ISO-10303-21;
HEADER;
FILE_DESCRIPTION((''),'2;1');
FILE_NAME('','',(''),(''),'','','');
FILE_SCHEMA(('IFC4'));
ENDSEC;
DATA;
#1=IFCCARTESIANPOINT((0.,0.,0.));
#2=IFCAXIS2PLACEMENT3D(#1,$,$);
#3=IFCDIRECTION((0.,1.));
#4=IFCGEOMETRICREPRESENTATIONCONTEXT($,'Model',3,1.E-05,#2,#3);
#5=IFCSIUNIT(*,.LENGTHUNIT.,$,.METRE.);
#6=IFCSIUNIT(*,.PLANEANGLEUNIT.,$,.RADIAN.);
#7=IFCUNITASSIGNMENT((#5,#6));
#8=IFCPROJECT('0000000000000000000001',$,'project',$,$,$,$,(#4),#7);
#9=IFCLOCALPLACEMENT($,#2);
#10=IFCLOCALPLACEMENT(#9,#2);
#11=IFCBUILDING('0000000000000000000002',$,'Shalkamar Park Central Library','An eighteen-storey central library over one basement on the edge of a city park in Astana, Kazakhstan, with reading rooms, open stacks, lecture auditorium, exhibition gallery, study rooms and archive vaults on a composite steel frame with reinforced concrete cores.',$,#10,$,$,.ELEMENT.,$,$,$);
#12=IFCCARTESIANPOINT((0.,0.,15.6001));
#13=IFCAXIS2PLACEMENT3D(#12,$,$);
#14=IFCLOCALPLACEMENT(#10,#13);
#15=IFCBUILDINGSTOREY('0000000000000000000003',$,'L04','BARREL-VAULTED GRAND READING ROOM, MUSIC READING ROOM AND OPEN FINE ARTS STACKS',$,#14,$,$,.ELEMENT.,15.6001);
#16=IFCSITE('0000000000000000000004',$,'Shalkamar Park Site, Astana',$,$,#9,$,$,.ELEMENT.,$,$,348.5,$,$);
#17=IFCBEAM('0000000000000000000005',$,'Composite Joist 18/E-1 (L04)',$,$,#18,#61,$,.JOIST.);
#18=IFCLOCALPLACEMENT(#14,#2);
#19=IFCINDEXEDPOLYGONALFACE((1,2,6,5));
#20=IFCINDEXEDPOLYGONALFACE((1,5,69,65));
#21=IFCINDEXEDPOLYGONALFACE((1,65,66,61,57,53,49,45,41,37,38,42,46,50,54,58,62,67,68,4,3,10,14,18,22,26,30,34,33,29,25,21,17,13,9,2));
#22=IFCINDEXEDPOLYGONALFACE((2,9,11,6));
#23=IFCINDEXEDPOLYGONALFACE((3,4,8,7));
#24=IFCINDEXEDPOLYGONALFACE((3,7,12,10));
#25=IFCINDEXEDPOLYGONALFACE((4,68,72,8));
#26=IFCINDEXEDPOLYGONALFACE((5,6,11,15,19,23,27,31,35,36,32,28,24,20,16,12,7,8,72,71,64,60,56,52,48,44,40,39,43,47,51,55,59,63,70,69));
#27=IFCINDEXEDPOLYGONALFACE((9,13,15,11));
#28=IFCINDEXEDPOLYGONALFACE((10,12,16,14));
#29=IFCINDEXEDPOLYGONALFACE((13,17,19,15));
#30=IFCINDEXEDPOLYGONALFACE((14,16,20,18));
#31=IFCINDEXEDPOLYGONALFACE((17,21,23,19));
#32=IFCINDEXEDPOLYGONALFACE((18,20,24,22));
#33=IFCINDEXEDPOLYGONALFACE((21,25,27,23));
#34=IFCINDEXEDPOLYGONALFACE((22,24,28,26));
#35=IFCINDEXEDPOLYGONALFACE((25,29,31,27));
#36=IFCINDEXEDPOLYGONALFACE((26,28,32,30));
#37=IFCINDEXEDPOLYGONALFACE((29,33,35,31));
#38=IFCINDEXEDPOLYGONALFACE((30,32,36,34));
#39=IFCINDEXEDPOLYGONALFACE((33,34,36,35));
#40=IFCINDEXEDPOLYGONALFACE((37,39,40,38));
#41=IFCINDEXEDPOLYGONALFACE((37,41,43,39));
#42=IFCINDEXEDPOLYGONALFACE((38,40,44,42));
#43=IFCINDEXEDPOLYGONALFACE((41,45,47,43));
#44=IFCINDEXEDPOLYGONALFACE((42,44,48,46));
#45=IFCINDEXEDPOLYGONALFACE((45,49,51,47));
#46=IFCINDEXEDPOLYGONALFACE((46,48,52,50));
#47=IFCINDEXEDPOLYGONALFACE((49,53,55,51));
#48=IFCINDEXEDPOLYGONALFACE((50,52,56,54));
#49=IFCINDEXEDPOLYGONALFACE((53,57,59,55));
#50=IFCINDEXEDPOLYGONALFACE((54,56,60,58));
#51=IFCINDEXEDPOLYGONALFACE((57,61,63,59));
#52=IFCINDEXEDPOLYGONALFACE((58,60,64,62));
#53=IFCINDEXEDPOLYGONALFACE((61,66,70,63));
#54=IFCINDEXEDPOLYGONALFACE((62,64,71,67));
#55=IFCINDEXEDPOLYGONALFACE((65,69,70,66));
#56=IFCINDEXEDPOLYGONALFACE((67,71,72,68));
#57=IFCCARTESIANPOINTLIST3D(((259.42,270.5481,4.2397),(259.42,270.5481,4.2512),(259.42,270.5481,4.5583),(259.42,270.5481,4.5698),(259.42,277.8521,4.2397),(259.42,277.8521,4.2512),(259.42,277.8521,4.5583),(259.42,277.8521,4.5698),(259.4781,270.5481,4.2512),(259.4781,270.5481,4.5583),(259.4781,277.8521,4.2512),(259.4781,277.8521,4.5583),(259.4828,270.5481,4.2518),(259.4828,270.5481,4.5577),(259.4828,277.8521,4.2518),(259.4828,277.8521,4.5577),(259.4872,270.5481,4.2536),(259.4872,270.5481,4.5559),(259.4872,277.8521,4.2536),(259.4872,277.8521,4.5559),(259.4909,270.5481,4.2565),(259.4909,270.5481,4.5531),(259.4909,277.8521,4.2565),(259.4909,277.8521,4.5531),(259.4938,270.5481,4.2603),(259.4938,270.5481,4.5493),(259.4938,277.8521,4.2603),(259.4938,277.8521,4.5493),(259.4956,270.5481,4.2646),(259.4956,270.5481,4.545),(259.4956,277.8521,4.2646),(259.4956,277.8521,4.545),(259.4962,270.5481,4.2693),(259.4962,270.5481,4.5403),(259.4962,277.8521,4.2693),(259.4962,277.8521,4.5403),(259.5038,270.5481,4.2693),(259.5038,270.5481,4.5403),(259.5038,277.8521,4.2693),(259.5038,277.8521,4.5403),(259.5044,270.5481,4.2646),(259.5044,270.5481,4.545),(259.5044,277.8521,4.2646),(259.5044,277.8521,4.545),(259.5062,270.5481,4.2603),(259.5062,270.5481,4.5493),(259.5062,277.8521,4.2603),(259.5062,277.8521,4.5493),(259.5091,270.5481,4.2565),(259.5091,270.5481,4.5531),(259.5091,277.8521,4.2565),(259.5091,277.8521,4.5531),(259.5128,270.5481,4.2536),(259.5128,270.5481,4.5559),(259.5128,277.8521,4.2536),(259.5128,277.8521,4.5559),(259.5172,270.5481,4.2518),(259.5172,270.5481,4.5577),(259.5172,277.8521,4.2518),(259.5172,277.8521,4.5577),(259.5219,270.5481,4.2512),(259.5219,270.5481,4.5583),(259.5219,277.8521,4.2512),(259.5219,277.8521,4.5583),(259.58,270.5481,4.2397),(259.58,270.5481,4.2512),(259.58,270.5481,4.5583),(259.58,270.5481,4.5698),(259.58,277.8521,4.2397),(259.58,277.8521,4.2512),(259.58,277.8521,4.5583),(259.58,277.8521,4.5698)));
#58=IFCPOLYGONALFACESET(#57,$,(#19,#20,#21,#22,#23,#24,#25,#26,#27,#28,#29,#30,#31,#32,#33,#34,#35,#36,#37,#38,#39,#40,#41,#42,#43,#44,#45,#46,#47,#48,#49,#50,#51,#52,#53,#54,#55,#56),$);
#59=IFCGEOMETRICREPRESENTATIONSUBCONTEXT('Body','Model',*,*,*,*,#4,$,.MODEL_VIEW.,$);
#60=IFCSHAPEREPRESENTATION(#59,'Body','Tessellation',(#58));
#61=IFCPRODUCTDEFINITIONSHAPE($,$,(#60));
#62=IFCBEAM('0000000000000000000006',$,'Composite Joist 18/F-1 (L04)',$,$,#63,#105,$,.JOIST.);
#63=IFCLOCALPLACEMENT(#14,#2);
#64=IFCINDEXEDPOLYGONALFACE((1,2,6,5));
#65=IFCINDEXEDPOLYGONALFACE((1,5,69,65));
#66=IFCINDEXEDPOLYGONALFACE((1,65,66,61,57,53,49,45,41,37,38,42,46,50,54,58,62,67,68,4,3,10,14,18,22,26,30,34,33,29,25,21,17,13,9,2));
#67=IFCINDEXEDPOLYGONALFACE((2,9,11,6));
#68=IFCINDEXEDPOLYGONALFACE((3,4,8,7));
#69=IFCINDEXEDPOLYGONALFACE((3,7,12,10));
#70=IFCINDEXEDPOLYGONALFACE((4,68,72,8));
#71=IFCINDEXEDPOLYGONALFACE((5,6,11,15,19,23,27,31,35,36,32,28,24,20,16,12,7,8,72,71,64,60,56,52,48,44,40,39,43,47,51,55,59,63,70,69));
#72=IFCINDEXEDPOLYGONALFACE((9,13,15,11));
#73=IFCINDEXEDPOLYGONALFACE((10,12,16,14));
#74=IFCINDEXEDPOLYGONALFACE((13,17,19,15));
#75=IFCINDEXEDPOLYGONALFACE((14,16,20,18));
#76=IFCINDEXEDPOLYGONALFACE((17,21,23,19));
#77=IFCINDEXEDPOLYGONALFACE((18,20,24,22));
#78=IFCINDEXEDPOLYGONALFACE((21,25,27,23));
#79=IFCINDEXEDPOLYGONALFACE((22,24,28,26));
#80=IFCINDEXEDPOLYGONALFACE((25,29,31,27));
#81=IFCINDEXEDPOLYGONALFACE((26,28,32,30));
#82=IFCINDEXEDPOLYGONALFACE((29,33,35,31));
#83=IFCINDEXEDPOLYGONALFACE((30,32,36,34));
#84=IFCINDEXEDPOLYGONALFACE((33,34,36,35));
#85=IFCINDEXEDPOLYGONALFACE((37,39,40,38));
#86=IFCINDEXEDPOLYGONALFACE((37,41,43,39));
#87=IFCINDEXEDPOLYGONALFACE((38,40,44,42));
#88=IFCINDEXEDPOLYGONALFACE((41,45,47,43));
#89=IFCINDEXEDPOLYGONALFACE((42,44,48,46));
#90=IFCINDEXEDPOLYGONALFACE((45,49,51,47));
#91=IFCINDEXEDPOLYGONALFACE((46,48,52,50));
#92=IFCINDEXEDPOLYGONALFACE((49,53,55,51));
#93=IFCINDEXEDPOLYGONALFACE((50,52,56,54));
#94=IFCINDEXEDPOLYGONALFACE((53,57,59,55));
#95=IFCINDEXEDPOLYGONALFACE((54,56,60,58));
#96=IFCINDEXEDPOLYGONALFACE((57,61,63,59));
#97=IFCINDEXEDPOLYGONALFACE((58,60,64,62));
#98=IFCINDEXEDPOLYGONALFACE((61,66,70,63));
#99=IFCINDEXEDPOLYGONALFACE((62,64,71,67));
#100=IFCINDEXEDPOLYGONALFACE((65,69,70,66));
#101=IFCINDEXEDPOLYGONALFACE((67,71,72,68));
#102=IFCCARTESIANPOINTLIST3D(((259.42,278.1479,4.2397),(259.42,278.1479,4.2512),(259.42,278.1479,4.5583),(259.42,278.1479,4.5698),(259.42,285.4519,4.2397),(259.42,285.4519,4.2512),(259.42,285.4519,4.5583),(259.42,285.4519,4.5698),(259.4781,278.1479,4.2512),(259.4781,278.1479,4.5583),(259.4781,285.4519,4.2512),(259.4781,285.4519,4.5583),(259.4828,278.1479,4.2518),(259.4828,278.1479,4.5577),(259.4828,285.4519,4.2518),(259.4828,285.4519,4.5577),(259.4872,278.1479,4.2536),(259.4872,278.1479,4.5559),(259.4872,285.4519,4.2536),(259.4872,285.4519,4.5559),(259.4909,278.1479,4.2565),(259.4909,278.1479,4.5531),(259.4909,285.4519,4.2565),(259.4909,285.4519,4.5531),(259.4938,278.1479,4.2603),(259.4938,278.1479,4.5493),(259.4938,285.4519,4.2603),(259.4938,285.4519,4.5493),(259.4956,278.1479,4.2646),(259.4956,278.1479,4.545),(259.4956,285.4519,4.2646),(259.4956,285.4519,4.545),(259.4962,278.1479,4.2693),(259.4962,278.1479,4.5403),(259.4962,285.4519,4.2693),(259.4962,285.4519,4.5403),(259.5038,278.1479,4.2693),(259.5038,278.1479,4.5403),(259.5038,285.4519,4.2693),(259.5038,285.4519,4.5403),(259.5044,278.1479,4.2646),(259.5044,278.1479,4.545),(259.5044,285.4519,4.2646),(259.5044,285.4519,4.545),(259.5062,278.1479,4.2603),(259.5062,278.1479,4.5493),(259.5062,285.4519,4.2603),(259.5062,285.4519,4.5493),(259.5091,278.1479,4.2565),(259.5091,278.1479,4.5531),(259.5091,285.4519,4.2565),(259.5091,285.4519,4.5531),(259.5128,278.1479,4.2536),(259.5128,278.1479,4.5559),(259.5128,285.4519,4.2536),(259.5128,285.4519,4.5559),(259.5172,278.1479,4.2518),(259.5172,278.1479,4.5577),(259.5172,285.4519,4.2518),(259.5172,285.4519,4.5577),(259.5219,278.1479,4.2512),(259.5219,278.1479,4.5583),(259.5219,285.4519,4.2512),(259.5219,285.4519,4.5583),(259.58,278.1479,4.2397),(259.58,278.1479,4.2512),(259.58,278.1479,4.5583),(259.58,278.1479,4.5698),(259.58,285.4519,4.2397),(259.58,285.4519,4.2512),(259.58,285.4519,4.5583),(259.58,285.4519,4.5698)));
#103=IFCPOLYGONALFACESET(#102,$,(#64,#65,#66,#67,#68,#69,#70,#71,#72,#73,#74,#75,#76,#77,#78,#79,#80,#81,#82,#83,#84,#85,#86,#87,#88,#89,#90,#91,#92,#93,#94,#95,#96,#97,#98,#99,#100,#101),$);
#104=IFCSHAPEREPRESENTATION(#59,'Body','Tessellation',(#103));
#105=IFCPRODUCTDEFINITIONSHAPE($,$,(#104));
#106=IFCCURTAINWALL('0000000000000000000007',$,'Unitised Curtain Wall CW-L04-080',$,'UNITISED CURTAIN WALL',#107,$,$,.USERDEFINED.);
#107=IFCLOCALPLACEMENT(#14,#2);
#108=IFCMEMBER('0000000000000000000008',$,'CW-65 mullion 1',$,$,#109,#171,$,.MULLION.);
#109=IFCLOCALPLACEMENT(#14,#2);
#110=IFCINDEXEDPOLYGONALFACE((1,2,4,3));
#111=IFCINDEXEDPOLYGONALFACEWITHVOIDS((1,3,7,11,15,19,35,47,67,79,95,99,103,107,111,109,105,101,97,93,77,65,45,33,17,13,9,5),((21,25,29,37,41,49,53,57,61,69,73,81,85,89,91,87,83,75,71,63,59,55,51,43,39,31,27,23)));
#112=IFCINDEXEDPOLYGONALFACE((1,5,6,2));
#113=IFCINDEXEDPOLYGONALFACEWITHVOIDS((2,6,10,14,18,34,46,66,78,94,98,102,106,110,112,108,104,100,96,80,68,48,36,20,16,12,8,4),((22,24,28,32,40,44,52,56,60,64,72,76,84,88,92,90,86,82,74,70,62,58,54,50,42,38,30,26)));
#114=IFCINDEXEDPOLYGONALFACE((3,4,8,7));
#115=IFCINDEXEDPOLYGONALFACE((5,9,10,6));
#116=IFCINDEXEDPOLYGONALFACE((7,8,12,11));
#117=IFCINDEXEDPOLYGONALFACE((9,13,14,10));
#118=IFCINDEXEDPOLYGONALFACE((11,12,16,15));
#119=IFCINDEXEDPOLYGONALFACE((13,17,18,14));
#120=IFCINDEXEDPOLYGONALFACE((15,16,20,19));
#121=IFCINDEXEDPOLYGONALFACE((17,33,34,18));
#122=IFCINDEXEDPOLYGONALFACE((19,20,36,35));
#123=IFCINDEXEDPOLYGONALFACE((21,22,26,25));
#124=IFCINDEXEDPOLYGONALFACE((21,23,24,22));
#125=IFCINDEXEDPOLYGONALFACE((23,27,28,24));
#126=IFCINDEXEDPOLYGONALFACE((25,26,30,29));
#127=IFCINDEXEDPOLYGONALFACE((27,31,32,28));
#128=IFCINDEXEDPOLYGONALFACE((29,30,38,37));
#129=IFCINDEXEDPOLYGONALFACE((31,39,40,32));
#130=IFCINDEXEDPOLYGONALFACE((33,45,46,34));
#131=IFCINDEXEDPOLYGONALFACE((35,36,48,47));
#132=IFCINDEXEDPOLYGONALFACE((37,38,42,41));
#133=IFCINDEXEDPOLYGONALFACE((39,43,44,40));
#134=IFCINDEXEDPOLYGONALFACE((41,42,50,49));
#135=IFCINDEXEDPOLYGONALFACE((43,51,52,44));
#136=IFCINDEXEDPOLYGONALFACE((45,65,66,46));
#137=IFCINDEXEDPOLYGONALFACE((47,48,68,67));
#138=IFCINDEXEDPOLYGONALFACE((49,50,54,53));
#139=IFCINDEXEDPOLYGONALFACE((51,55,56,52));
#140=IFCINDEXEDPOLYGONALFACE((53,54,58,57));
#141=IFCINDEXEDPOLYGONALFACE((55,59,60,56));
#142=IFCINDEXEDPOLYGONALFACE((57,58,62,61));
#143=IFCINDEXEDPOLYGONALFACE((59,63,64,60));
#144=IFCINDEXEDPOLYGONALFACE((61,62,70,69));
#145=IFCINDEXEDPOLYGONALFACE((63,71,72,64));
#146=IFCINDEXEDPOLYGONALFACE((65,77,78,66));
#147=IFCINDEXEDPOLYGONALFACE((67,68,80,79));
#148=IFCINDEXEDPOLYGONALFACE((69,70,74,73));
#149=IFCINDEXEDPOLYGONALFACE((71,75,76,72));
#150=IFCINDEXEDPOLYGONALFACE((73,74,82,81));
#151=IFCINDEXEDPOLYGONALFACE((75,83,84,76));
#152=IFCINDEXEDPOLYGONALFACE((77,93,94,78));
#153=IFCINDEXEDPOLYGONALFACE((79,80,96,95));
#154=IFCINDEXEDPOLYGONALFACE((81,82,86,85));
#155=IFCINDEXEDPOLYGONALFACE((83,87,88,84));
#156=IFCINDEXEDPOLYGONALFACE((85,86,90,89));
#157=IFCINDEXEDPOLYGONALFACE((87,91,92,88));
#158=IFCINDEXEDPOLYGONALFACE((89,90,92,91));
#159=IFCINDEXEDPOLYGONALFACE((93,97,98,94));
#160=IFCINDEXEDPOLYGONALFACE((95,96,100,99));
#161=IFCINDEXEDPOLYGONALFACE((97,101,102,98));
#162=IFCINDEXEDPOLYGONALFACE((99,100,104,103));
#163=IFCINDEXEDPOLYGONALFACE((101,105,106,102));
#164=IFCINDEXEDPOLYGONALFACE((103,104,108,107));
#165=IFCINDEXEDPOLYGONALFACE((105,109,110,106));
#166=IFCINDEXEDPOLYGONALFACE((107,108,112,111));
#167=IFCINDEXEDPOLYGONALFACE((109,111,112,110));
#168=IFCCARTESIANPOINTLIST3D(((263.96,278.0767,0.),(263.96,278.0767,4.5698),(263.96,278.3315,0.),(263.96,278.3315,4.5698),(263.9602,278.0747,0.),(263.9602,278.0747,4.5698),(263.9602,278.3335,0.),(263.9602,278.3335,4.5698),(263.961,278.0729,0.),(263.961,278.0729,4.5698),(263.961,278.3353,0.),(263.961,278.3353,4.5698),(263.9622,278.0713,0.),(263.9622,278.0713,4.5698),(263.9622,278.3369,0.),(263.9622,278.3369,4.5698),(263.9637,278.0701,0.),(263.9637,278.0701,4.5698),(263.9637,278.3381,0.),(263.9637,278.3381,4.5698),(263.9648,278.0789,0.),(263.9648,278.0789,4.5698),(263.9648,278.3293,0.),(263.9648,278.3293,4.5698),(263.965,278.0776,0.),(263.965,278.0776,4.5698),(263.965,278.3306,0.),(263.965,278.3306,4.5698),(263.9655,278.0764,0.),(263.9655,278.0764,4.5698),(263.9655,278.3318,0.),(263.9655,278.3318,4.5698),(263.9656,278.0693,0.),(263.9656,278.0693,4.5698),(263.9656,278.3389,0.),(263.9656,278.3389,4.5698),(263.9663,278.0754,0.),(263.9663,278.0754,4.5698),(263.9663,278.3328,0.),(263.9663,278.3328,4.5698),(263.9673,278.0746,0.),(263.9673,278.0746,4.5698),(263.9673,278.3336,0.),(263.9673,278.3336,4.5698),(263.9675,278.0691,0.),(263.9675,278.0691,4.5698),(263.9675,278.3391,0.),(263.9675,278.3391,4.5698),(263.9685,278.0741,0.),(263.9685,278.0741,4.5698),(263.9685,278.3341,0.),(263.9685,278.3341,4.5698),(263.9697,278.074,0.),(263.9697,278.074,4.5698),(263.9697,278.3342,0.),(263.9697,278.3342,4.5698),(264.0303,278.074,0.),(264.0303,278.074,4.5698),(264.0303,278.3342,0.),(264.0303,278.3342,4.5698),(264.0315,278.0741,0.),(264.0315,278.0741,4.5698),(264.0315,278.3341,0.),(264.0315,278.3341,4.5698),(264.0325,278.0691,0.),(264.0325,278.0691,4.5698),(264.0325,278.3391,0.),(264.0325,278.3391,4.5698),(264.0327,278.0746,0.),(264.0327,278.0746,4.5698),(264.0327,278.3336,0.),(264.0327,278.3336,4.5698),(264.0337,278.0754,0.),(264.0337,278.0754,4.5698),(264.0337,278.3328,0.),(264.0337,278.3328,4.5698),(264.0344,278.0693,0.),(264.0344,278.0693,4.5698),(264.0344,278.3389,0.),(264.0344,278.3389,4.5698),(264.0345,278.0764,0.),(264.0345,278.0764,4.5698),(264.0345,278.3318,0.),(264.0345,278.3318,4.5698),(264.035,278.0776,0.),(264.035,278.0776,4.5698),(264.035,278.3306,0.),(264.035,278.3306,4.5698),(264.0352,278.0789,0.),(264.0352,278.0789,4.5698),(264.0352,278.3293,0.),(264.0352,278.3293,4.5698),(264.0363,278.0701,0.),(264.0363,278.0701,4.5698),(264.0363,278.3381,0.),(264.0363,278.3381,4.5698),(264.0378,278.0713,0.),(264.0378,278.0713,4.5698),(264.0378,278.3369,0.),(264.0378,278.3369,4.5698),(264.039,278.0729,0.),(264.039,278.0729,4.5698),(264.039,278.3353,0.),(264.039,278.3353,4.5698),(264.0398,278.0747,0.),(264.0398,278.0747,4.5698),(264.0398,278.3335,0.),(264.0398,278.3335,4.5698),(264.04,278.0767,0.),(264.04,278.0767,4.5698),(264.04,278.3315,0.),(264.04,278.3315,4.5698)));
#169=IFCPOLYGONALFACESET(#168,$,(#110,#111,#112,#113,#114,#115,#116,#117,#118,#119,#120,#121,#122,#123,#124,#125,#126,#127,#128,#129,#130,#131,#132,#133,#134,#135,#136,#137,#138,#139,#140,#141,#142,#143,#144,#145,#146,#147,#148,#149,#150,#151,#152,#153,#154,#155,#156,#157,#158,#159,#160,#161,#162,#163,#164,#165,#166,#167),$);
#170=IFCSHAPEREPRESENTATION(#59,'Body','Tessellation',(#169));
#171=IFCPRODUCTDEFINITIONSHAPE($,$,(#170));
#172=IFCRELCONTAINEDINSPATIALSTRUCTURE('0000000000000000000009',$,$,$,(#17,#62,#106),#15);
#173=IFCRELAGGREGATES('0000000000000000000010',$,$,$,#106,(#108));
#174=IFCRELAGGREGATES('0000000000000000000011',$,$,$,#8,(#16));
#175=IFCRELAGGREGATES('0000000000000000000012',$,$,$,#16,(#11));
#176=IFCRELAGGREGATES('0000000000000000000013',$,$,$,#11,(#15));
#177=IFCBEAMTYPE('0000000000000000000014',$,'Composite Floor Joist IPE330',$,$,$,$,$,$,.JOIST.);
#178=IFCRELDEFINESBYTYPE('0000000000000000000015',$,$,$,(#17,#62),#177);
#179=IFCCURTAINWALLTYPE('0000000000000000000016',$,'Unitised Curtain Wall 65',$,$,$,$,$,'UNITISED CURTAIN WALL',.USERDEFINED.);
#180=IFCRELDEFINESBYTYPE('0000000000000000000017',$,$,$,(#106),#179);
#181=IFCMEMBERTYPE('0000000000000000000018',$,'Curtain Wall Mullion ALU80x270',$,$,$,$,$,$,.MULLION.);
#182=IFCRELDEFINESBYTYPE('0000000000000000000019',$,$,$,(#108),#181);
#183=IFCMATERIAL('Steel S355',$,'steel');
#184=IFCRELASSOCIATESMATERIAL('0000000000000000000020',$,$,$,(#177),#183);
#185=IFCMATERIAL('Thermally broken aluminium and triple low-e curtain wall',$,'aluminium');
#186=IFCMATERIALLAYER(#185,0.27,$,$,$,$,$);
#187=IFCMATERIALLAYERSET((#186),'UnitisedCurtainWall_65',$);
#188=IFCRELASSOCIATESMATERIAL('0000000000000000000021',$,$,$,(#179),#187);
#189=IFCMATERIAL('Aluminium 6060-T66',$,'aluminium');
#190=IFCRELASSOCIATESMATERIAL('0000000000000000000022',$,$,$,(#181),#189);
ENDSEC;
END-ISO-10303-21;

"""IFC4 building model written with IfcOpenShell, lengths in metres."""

from ifc_helpers import new_model, si_unit, direction, frame, origin, origin_2d, place, context, subcontext, project, spatial, hollow_rectangle, i_section, extrude, material, layer, layer_set, material_profile, profile_set, type_object, element, aggregate, save


model = new_model("IFC4")

# Units and contexts
model_context = context("Model", 3, precision=1e-05, world=origin(), true_north=direction((0.0, 1.0)))
body_context = subcontext(model_context, "Body", "Model", "MODEL_VIEW")
ifc_project = project(units=[si_unit("LENGTHUNIT", "METRE"), si_unit("PLANEANGLEUNIT", "RADIAN")], contexts=[model_context])

# Site, building, storey
site_placement = place(None, origin())
site = spatial("IfcSite", under=ifc_project, at=site_placement, Name="Shalkamar Park Site, Astana", CompositionType="ELEMENT", RefElevation=348.5)
building_placement = place(site_placement, origin())
building = spatial("IfcBuilding", under=site, at=building_placement, Name="Shalkamar Park Central Library", Description="An eighteen-storey central library over one basement on the edge of a city park in Astana, Kazakhstan, with reading rooms, open stacks, lecture auditorium, exhibition gallery, study rooms and archive vaults on a composite steel frame with reinforced concrete cores.", CompositionType="ELEMENT")
storey_placement = place(building_placement, frame((0.0, 0.0, 15.6001)))
storey = spatial("IfcBuildingStorey", under=building, at=storey_placement, Name="L04", Description="BARREL-VAULTED GRAND READING ROOM, MUSIC READING ROOM AND OPEN FINE ARTS STACKS", CompositionType="ELEMENT", Elevation=15.6001)

# Shared definitions
ifc_material_1 = material(Name="Steel S355", Category="steel")

# Beams
ifc_material_profile_1 = material_profile(ifc_material_1, i_section(OverallWidth=0.1599, OverallDepth=0.3301, WebThickness=0.0076, FlangeThickness=0.0115, FilletRadius=0.0181, at=origin_2d()), Name="IPE 330")
ifc_profile_set_1 = profile_set([ifc_material_profile_1], Name="Steel S355")
beam_type_1 = type_object("IfcBeamType", Name="Composite Floor Joist IPE330", PredefinedType="JOIST", material=ifc_profile_set_1)
for number, where, z_axis, x_axis, name in (
    (1, (259.5, 270.5481, 4.4048), (0.0, 1.0, 0.0), (-1.0, 0.0, 0.0), "Composite Joist 18/E-1 (L04)"),
    (2, (259.5, 278.1479, 4.4048), (0.0, 1.0, 0.0), (-1.0, 0.0, 0.0), "Composite Joist 18/F-1 (L04)"),
):
    element("IfcBeam", number, at=place(storey_placement, frame(where, z_axis=z_axis, x_axis=x_axis)), inside=storey, type_object=beam_type_1, Name=name, PredefinedType="JOIST", context=body_context, shape_type="SweptSolid", body=[
        extrude(i_section(OverallWidth=0.1599, OverallDepth=0.3301, WebThickness=0.0076, FlangeThickness=0.0115, FilletRadius=0.0181, at=origin_2d()), origin(), (0.0, 0.0, 1.0), 7.304),
    ])

# Curtain wall, member
ifc_material_2 = material(Name="Thermally broken aluminium and triple low-e curtain wall", Category="aluminium")
ifc_layer_1 = layer(ifc_material_2, 0.27)
ifc_layer_set_1 = layer_set([ifc_layer_1], Name="UnitisedCurtainWall_65")
curtain_wall_type = type_object("IfcCurtainWallType", Name="Unitised Curtain Wall 65", ElementType="UNITISED CURTAIN WALL", PredefinedType="USERDEFINED", material=ifc_layer_set_1)
curtain_wall_placement = place(storey_placement, origin())
curtain_wall = element("IfcCurtainWall", 3, at=curtain_wall_placement, inside=storey, type_object=curtain_wall_type, Name="Unitised Curtain Wall CW-L04-080", ObjectType="UNITISED CURTAIN WALL", PredefinedType="USERDEFINED")
ifc_material_3 = material(Name="Aluminium 6060-T66", Category="aluminium")
ifc_material_profile_2 = material_profile(ifc_material_3, hollow_rectangle(XDim=0.0801, YDim=0.27, WallThickness=0.0049, InnerFilletRadius=0.0049, OuterFilletRadius=0.0076, at=origin_2d()), Name="ALU 80x270x5")
ifc_profile_set_2 = profile_set([ifc_material_profile_2], Name="Aluminium 6060-T66")
member_type_1 = type_object("IfcMemberType", Name="Curtain Wall Mullion ALU80x270", PredefinedType="MULLION", material=ifc_profile_set_2)
member_1_placement = place(storey_placement, frame((264.0, 278.2041, 0.0), z_axis=(0.0, 0.0, 1.0), x_axis=(-1.0, 0.0, 0.0)))
member_1 = element("IfcMember", 4, at=member_1_placement, type_object=member_type_1, Name="CW-65 mullion 1", PredefinedType="MULLION", context=body_context, shape_type="SweptSolid", body=[
    extrude(hollow_rectangle(XDim=0.0801, YDim=0.27, WallThickness=0.0049, InnerFilletRadius=0.0049, OuterFilletRadius=0.0076, at=origin_2d()), origin(), (0.0, 0.0, 1.0), 4.5698),
])

aggregate(curtain_wall, [member_1])

save(model, "model.ifc")
